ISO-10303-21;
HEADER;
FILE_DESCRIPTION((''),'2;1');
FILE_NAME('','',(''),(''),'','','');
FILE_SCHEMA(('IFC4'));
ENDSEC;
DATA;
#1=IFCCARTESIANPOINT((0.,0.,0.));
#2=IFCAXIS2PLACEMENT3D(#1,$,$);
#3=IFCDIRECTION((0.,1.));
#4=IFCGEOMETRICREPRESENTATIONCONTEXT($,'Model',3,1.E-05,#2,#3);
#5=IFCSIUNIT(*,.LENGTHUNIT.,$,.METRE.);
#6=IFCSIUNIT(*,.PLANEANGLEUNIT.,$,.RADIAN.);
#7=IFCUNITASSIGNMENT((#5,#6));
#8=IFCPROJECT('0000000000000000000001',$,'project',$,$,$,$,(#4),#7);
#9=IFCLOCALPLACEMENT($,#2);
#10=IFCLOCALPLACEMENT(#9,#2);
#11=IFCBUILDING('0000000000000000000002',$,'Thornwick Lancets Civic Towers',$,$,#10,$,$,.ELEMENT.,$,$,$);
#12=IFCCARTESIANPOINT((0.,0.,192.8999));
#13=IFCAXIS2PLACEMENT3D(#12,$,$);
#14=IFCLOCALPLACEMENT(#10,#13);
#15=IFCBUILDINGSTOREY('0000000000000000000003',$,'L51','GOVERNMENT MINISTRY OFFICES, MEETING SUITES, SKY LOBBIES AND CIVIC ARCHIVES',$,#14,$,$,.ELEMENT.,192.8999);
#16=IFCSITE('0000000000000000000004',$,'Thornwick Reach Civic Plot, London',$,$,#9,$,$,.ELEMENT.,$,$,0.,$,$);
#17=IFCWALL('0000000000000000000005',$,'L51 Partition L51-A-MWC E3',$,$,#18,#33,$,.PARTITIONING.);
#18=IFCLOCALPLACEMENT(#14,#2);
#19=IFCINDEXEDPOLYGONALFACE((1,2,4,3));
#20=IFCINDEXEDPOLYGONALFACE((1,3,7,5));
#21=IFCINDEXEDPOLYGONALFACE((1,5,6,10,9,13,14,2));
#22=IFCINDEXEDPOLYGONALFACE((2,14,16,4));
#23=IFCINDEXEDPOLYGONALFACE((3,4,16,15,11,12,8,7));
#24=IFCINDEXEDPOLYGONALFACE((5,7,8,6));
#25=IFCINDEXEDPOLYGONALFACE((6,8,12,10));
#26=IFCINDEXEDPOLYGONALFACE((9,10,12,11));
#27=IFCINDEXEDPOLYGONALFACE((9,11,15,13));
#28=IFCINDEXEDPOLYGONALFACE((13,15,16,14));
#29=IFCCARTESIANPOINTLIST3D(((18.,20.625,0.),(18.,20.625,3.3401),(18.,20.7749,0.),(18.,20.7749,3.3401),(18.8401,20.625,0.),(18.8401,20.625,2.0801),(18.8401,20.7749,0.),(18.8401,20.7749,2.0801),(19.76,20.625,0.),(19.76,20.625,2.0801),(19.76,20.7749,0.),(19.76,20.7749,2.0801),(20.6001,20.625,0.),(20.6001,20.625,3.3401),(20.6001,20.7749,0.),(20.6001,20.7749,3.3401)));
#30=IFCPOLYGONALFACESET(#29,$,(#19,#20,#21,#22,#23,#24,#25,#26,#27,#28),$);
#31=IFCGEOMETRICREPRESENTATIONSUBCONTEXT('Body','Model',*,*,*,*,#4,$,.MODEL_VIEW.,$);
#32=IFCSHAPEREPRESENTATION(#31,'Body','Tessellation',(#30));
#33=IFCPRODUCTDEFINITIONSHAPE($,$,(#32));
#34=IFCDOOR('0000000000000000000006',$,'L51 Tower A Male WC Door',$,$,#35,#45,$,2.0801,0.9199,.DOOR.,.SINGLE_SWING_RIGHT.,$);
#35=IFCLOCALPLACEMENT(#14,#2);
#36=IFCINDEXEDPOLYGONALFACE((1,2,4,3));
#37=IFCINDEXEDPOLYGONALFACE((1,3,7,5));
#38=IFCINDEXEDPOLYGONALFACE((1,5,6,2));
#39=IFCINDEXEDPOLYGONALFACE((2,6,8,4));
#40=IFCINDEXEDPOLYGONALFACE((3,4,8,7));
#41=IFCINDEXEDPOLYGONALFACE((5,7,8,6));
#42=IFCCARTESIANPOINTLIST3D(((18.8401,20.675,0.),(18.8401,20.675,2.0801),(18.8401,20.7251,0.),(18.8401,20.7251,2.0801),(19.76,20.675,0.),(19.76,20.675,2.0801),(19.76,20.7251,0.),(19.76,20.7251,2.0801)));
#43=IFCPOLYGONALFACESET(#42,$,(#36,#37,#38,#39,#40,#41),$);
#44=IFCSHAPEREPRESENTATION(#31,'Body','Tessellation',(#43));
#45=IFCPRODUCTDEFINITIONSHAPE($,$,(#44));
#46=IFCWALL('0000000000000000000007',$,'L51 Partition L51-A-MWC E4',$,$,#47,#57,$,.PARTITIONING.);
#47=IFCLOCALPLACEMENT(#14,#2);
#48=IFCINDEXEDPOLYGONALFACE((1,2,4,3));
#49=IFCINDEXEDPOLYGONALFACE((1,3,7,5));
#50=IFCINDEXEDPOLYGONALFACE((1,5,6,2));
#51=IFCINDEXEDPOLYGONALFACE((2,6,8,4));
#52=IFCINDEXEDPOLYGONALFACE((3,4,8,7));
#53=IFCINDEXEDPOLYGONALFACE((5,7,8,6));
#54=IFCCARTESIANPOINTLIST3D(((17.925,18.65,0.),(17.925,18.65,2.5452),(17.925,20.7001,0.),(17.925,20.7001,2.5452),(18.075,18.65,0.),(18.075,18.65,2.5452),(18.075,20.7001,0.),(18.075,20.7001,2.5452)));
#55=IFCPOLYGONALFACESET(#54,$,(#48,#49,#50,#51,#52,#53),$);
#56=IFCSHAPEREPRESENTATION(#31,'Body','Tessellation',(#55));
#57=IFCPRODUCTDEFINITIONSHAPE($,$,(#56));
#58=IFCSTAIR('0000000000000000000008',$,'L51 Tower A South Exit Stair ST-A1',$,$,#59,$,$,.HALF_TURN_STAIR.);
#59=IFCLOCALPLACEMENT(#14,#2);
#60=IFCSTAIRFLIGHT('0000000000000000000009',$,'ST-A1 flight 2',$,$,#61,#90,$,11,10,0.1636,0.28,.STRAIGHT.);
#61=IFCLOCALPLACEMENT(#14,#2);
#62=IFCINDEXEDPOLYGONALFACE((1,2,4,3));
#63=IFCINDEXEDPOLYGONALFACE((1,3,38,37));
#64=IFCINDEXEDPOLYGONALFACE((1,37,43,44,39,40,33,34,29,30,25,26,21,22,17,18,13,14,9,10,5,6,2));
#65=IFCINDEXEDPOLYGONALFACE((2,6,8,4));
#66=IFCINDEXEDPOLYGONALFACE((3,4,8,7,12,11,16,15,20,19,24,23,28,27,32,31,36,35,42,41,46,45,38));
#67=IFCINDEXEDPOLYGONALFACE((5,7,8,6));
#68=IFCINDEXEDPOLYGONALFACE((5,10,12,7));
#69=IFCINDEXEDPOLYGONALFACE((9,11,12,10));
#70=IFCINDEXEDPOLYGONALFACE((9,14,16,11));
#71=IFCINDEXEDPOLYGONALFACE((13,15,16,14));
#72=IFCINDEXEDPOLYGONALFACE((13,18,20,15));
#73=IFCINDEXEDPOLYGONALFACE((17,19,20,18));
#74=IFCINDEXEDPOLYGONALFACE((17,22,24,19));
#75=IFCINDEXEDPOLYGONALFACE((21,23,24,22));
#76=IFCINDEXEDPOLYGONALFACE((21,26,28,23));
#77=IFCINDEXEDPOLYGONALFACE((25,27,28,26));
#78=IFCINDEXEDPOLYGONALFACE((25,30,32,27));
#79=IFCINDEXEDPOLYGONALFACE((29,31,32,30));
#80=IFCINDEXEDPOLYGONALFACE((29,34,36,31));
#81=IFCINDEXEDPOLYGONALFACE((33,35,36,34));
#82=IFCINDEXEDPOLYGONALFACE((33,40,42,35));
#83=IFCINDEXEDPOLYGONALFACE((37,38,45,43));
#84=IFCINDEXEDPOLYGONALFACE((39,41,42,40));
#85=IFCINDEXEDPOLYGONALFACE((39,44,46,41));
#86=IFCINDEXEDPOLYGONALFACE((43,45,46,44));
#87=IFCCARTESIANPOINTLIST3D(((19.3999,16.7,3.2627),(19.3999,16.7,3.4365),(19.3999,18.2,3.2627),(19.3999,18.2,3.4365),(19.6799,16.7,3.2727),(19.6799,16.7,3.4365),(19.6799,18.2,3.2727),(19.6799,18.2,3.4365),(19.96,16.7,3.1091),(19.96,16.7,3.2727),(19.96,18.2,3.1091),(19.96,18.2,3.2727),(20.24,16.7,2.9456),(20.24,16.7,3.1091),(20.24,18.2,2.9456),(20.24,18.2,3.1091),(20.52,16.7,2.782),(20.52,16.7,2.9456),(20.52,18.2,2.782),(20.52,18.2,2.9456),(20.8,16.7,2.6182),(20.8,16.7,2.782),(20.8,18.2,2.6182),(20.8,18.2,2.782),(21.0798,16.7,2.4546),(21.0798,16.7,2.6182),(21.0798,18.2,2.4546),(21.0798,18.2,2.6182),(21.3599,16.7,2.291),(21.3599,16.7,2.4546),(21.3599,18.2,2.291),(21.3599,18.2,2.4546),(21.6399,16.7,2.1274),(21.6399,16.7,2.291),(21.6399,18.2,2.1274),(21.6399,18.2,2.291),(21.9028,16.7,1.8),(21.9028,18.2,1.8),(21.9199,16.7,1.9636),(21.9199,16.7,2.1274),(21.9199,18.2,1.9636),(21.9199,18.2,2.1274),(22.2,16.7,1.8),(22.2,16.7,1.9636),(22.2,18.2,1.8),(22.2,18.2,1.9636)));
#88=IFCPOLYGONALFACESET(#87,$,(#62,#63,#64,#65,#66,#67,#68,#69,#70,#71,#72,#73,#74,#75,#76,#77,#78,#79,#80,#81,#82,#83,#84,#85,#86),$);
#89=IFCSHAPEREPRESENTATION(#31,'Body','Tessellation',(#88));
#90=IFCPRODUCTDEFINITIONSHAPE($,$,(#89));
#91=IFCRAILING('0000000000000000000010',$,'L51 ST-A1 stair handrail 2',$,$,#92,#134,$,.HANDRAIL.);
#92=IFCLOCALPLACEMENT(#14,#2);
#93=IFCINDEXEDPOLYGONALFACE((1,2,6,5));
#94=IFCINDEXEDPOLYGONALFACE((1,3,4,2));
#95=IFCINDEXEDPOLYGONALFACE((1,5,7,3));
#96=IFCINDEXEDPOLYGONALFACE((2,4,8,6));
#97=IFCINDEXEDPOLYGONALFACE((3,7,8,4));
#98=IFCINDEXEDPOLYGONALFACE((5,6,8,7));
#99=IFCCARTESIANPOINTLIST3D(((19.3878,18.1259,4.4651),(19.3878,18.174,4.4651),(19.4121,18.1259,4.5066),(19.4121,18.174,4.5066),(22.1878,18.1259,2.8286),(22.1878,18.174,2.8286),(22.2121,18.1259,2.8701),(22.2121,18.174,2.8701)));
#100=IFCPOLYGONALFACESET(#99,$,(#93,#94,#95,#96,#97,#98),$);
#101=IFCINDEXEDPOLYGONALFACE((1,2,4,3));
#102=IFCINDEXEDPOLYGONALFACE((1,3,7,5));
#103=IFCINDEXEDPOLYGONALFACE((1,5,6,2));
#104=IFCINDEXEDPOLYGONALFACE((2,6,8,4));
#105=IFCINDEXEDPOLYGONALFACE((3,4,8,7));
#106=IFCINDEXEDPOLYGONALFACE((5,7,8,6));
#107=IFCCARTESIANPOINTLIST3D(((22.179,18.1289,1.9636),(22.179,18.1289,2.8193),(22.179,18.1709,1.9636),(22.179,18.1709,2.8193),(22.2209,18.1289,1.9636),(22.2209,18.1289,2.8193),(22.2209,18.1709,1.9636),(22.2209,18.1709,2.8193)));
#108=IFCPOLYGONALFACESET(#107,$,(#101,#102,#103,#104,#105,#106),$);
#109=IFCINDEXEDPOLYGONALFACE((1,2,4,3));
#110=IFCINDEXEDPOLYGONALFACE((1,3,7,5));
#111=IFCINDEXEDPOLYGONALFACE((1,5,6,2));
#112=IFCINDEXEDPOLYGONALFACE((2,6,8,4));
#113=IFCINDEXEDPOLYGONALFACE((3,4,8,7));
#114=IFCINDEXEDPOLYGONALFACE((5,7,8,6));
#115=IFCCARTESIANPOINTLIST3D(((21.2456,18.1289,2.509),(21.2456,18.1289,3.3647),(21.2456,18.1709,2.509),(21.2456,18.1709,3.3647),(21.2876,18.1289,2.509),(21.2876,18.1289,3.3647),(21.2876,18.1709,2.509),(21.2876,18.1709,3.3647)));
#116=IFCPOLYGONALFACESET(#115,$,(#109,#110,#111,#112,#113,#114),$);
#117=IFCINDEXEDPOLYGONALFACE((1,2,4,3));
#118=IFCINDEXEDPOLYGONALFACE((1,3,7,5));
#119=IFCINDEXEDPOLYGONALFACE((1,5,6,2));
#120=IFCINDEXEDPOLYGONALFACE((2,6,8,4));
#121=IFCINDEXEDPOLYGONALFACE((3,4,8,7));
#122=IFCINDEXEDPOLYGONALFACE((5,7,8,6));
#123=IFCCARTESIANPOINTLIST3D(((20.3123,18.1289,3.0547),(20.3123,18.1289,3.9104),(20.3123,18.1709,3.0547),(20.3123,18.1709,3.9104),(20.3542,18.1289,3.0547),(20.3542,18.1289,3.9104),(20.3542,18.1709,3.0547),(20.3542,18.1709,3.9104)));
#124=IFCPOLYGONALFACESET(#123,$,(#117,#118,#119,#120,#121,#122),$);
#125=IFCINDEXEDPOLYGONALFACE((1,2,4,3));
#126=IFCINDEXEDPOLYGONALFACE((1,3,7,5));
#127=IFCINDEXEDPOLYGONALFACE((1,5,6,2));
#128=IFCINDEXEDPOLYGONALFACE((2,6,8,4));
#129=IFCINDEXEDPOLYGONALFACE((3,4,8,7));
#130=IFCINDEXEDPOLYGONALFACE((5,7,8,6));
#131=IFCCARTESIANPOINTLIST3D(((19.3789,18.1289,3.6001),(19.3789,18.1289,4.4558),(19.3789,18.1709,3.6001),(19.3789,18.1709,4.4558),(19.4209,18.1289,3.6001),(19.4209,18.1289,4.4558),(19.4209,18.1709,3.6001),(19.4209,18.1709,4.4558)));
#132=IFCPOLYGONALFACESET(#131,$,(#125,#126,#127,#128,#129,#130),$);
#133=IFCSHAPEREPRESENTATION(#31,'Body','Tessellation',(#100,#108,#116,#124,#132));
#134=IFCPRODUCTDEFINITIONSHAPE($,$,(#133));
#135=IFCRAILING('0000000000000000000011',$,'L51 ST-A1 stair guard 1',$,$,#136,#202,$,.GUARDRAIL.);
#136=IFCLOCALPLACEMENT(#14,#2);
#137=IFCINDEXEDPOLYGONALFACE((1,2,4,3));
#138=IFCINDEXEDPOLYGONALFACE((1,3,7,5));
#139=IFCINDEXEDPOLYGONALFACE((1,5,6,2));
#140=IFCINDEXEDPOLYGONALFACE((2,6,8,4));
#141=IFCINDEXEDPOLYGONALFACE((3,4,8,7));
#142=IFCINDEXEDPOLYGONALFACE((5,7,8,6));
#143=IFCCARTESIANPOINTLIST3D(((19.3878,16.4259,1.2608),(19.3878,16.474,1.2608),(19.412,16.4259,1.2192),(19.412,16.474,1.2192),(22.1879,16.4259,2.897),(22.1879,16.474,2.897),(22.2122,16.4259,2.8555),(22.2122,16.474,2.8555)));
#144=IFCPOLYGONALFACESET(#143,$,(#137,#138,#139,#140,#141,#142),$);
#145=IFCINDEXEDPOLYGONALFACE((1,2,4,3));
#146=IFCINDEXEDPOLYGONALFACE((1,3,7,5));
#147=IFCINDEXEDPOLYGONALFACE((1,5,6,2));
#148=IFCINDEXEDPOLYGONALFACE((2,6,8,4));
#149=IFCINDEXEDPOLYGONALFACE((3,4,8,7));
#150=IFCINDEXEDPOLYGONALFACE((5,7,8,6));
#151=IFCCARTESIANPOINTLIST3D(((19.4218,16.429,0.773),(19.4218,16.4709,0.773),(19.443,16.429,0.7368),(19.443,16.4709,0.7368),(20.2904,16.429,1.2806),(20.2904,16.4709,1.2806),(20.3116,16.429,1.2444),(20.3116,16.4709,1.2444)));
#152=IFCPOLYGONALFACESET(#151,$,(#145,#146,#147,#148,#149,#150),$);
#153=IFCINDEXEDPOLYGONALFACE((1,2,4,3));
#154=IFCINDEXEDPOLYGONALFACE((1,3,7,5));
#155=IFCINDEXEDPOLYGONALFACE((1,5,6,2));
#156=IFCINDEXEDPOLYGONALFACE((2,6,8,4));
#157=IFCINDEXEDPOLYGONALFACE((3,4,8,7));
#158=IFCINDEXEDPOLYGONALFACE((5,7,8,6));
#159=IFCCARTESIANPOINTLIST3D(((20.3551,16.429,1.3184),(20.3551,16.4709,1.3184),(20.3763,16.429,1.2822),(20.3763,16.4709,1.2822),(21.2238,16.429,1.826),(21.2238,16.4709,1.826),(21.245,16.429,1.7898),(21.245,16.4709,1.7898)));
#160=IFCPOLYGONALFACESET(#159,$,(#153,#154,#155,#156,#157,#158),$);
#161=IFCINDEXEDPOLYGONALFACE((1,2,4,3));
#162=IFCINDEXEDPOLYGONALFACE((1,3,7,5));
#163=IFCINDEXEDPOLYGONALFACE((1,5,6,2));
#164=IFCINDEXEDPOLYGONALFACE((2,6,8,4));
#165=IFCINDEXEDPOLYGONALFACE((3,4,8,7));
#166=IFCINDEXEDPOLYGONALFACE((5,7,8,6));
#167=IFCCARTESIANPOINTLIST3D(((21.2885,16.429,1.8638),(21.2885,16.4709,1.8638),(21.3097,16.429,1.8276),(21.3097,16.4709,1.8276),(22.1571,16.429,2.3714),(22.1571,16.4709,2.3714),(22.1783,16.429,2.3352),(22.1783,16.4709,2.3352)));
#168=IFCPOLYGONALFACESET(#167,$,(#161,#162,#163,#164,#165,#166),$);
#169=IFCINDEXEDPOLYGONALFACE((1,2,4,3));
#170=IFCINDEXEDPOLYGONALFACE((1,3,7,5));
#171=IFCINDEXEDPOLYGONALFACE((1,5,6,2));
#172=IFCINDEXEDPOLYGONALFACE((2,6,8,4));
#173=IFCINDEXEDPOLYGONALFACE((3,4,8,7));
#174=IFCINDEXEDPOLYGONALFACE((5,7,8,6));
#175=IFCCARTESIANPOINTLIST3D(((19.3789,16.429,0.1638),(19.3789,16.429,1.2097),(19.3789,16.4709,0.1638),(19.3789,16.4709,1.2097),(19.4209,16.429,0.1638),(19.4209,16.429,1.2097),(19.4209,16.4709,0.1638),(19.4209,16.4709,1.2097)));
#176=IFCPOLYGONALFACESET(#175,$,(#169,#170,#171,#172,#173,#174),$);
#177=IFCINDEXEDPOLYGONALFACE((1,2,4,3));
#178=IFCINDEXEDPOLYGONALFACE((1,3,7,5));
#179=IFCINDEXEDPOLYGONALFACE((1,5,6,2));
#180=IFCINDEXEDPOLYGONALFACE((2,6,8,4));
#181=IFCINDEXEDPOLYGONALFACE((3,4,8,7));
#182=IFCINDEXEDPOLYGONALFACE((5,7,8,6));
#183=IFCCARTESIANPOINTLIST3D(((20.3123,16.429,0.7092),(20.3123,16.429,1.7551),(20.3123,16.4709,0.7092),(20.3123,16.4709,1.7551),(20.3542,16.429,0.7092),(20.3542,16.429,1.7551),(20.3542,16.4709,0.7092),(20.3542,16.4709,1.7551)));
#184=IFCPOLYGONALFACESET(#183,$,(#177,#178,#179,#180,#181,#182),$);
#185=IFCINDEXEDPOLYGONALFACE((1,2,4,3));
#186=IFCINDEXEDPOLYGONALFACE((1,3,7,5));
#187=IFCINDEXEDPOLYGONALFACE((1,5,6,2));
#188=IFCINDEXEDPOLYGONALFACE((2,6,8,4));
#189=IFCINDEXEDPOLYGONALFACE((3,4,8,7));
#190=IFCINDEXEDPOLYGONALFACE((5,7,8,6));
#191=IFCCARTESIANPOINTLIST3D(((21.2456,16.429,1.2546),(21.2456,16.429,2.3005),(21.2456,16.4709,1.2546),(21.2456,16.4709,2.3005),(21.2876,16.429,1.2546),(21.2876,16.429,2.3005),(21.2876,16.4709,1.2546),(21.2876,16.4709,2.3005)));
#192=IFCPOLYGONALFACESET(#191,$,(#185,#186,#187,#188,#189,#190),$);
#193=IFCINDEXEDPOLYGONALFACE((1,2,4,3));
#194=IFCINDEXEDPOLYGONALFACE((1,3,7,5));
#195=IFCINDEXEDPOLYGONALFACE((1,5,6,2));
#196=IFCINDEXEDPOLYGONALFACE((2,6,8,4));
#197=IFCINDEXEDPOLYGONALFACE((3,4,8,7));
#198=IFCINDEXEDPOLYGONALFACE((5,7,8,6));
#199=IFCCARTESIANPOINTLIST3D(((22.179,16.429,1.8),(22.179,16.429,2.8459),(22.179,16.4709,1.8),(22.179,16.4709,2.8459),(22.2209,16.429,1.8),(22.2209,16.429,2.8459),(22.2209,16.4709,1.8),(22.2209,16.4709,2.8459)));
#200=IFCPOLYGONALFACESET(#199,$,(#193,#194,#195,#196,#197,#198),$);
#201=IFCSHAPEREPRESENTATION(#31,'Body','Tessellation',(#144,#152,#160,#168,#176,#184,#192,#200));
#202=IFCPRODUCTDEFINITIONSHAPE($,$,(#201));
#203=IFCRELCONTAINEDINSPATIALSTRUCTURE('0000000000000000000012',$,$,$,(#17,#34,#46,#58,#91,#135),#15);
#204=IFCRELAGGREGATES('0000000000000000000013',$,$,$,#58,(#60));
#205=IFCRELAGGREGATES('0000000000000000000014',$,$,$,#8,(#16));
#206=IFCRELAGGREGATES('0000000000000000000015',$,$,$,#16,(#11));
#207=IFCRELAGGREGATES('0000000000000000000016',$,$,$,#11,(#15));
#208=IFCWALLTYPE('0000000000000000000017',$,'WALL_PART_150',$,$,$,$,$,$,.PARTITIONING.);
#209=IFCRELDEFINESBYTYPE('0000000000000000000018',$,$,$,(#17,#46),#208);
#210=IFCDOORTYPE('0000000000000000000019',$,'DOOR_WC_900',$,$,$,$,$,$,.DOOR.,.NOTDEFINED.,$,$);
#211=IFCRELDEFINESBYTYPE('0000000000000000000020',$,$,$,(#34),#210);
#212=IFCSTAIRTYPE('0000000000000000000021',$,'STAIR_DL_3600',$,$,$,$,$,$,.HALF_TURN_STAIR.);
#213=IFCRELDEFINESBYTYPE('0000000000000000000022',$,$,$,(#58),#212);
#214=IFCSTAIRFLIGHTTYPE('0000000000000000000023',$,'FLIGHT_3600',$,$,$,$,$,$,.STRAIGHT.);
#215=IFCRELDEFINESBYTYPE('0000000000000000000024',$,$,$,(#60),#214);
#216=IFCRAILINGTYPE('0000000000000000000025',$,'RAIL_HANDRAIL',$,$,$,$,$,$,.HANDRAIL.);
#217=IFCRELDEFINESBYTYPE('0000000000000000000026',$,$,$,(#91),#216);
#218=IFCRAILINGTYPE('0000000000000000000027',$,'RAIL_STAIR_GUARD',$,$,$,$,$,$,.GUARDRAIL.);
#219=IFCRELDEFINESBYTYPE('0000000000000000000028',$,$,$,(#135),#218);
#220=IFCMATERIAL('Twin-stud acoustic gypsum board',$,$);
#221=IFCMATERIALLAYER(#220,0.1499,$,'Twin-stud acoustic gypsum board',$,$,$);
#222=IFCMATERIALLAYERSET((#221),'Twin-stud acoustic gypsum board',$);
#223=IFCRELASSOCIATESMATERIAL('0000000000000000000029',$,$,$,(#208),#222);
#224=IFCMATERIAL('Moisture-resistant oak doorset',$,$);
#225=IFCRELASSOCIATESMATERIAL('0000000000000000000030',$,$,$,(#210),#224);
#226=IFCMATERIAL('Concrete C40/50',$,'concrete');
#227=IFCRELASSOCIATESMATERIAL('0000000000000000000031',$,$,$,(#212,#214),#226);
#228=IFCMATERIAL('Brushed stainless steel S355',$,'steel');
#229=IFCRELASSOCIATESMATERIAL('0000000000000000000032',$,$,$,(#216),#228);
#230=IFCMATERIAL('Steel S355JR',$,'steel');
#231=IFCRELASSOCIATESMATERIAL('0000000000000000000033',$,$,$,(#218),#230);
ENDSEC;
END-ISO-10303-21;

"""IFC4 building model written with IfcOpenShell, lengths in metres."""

from ifc_helpers import new_model, si_unit, direction, frame, frame_2d, origin, origin_2d, place, context, subcontext, project, spatial, polyline, rectangle, outline, extrude, material, layer, layer_set, type_object, element, fill, aggregate, save


model = new_model("IFC4")

# Units and contexts
model_context = context("Model", 3, precision=1e-05, world=origin(), true_north=direction((0.0, 1.0)))
body_context = subcontext(model_context, "Body", "Model", "MODEL_VIEW")
ifc_project = project(units=[si_unit("LENGTHUNIT", "METRE"), si_unit("PLANEANGLEUNIT", "RADIAN")], contexts=[model_context])

# Site, building, storey
site_placement = place(None, origin())
site = spatial("IfcSite", under=ifc_project, at=site_placement, Name="Thornwick Reach Civic Plot, London", CompositionType="ELEMENT", RefElevation=0.0)
building_placement = place(site_placement, origin())
building = spatial("IfcBuilding", under=site, at=building_placement, Name="Thornwick Lancets Civic Towers", CompositionType="ELEMENT")
storey_placement = place(building_placement, frame((0.0, 0.0, 192.8999)))
storey = spatial("IfcBuildingStorey", under=building, at=storey_placement, Name="L51", Description="GOVERNMENT MINISTRY OFFICES, MEETING SUITES, SKY LOBBIES AND CIVIC ARCHIVES", CompositionType="ELEMENT", Elevation=192.8999)

# Shared definitions
ifc_material_1 = material(Name="Steel S355JR", Category="steel")

# Shared definitions
ifc_material_2 = material(Name="Twin-stud acoustic gypsum board")
ifc_layer_1 = layer(ifc_material_2, 0.1499, Name="Twin-stud acoustic gypsum board")
ifc_layer_set_1 = layer_set([ifc_layer_1], Name="Twin-stud acoustic gypsum board")
wall_type_1 = type_object("IfcWallType", Name="WALL_PART_150", PredefinedType="PARTITIONING", material=ifc_layer_set_1)

# Wall, opening, door
wall_1_placement = place(storey_placement, frame((20.6001, 20.7, 0.0), z_axis=(0.0, 0.0, 1.0), x_axis=(-1.0, 0.0, 0.0)))
wall_1 = element("IfcWall", 1, at=wall_1_placement, inside=storey, type_object=wall_type_1, Name="L51 Partition L51-A-MWC E3", PredefinedType="PARTITIONING", context=body_context, shape_type="SweptSolid", body=[
    extrude(rectangle(XDim=2.6001, YDim=0.1499, at=frame_2d((1.3, 0.0))), origin(), (0.0, 0.0, 1.0), 3.3401),
])
opening_1_placement = place(wall_1_placement, frame((0.8401, 0.0, 0.0)))
opening_1 = element("IfcOpeningElement", 2, at=opening_1_placement, cuts=wall_1, PredefinedType="OPENING", context=body_context, shape_type="SweptSolid", body=[
    extrude(rectangle(XDim=0.9199, YDim=2.0801, at=frame_2d((0.46, 1.04))), frame((0.0, 0.085, 0.0), z_axis=(0.0, -1.0, 0.0), x_axis=(1.0, 0.0, 0.0)), (0.0, 0.0, 1.0), 0.1699),
])
ifc_material_3 = material(Name="Moisture-resistant oak doorset")
door_type_1 = type_object("IfcDoorType", Name="DOOR_WC_900", OperationType="NOTDEFINED", PredefinedType="DOOR", material=ifc_material_3)
door_1_placement = place(opening_1_placement, origin())
door_1 = element("IfcDoor", 3, at=door_1_placement, inside=storey, type_object=door_type_1, Name="L51 Tower A Male WC Door", OperationType="SINGLE_SWING_RIGHT", OverallHeight=2.0801, OverallWidth=0.9199, PredefinedType="DOOR", context=body_context, shape_type="SweptSolid", body=[
    extrude(rectangle(XDim=0.9199, YDim=2.0801, at=frame_2d((0.46, 1.04))), frame((0.0, 0.0249, 0.0), z_axis=(0.0, -1.0, 0.0), x_axis=(1.0, 0.0, 0.0)), (0.0, 0.0, 1.0), 0.05),
])
fill(opening_1, door_1)

# Wall
wall_2_placement = place(storey_placement, frame((18.0, 20.7, 0.0), z_axis=(0.0, 0.0, 1.0), x_axis=(0.0, -1.0, 0.0)))
element("IfcWall", 4, at=wall_2_placement, inside=storey, type_object=wall_type_1, Name="L51 Partition L51-A-MWC E4", PredefinedType="PARTITIONING", context=body_context, shape_type="SweptSolid", body=[
    extrude(rectangle(XDim=2.05, YDim=0.1499, at=frame_2d((1.0249, 0.0))), origin(), (0.0, 0.0, 1.0), 2.5452),
])

# Stair, stair flight
ifc_material_4 = material(Name="Concrete C40/50", Category="concrete")
stair_type = type_object("IfcStairType", Name="STAIR_DL_3600", PredefinedType="HALF_TURN_STAIR", material=ifc_material_4)
stair_placement = place(storey_placement, origin())
stair = element("IfcStair", 5, at=stair_placement, inside=storey, type_object=stair_type, Name="L51 Tower A South Exit Stair ST-A1", PredefinedType="HALF_TURN_STAIR")
stair_flight_type = type_object("IfcStairFlightType", Name="FLIGHT_3600", PredefinedType="STRAIGHT", material=ifc_material_4)
stair_flight_placement = place(storey_placement, frame((22.2, 17.45, 1.8), z_axis=(0.0, 0.0, 1.0), x_axis=(-1.0, 0.0, 0.0)))
stair_flight = element("IfcStairFlight", 6, at=stair_flight_placement, type_object=stair_flight_type, Name="ST-A1 flight 2", NumberOfRisers=11, NumberOfTreads=10, PredefinedType="STRAIGHT", RiserHeight=0.1636, TreadLength=0.28, context=body_context, shape_type="SweptSolid", body=[
    extrude(outline(polyline([(0.0, 0.0), (0.0, 0.1636), (0.28, 0.1636), (0.28, 0.3274), (0.5601, 0.3274), (0.5601, 0.491), (0.8401, 0.491), (0.8401, 0.6545), (1.1201, 0.6545), (1.1201, 0.8181), (1.3999, 0.8181), (1.3999, 0.9819), (1.6799, 0.9819), (1.6799, 1.1455), (1.96, 1.1455), (1.96, 1.3091), (2.24, 1.3091), (2.24, 1.4727), (2.52, 1.4727), (2.52, 1.6365), (2.8, 1.6365), (2.8, 1.8), (2.8, 1.4626), (0.2971, 0.0), (0.0, 0.0)])), frame((0.0, 0.75, 0.0), z_axis=(0.0, -1.0, 0.0), x_axis=(1.0, 0.0, 0.0)), (0.0, 0.0, 1.0), 1.5),
])
aggregate(stair, [stair_flight])

# Railings
ifc_material_5 = material(Name="Brushed stainless steel S355", Category="steel")
railing_type_1 = type_object("IfcRailingType", Name="RAIL_HANDRAIL", PredefinedType="HANDRAIL", material=ifc_material_5)
railing_1_placement = place(storey_placement, frame((22.2, 18.1499, 1.9636)))
element("IfcRailing", 7, at=railing_1_placement, inside=storey, type_object=railing_type_1, Name="L51 ST-A1 stair handrail 2", PredefinedType="HANDRAIL", context=body_context, shape_type="SweptSolid", body=[
    extrude(rectangle(XDim=0.0481, YDim=0.0481, at=origin_2d()), frame((0.0, 0.0, 0.8857), z_axis=(-0.863361, 0.0, 0.504587), x_axis=(0.0, -1.0, 0.0)), (0.0, 0.0, 1.0), 3.2432),
    extrude(rectangle(XDim=0.042, YDim=0.042, at=origin_2d()), origin(), (0.0, 0.0, 1.0), 0.8557),
    extrude(rectangle(XDim=0.042, YDim=0.042, at=origin_2d()), frame((-0.9333, 0.0, 0.5454)), (0.0, 0.0, 1.0), 0.8557),
    extrude(rectangle(XDim=0.042, YDim=0.042, at=origin_2d()), frame((-1.8667, 0.0, 1.0911)), (0.0, 0.0, 1.0), 0.8557),
    extrude(rectangle(XDim=0.042, YDim=0.042, at=origin_2d()), frame((-2.8, 0.0, 1.6365)), (0.0, 0.0, 1.0), 0.8557),
])
railing_type_2 = type_object("IfcRailingType", Name="RAIL_STAIR_GUARD", PredefinedType="GUARDRAIL", material=ifc_material_1)
railing_2_placement = place(storey_placement, frame((19.3999, 16.45, 0.1638)))
element("IfcRailing", 8, at=railing_2_placement, inside=storey, type_object=railing_type_2, Name="L51 ST-A1 stair guard 1", PredefinedType="GUARDRAIL", context=body_context, shape_type="SweptSolid", body=[
    extrude(rectangle(XDim=0.0481, YDim=0.0481, at=origin_2d()), frame((0.0, 0.0, 1.0762), z_axis=(0.863394, 0.0, 0.504531), x_axis=(0.0, 1.0, 0.0)), (0.0, 0.0, 1.0), 3.2432),
    extrude(rectangle(XDim=0.042, YDim=0.042, at=origin_2d()), frame((0.0325, 0.0, 0.5911), z_axis=(0.863394, 0.0, 0.504531), x_axis=(0.0, 1.0, 0.0)), (0.0, 0.0, 1.0), 1.0061),
    extrude(rectangle(XDim=0.042, YDim=0.042, at=origin_2d()), frame((0.9658, 0.0, 1.1365), z_axis=(0.863394, 0.0, 0.504531), x_axis=(0.0, 1.0, 0.0)), (0.0, 0.0, 1.0), 1.0061),
    extrude(rectangle(XDim=0.042, YDim=0.042, at=origin_2d()), frame((1.8992, 0.0, 1.6819), z_axis=(0.863394, 0.0, 0.504531), x_axis=(0.0, 1.0, 0.0)), (0.0, 0.0, 1.0), 1.0061),
    extrude(rectangle(XDim=0.042, YDim=0.042, at=origin_2d()), origin(), (0.0, 0.0, 1.0), 1.0459),
    extrude(rectangle(XDim=0.042, YDim=0.042, at=origin_2d()), frame((0.9333, 0.0, 0.5454)), (0.0, 0.0, 1.0), 1.0459),
    extrude(rectangle(XDim=0.042, YDim=0.042, at=origin_2d()), frame((1.8667, 0.0, 1.0908)), (0.0, 0.0, 1.0), 1.0459),
    extrude(rectangle(XDim=0.042, YDim=0.042, at=origin_2d()), frame((2.8, 0.0, 1.6362)), (0.0, 0.0, 1.0), 1.0459),
])

save(model, "model.ifc")
